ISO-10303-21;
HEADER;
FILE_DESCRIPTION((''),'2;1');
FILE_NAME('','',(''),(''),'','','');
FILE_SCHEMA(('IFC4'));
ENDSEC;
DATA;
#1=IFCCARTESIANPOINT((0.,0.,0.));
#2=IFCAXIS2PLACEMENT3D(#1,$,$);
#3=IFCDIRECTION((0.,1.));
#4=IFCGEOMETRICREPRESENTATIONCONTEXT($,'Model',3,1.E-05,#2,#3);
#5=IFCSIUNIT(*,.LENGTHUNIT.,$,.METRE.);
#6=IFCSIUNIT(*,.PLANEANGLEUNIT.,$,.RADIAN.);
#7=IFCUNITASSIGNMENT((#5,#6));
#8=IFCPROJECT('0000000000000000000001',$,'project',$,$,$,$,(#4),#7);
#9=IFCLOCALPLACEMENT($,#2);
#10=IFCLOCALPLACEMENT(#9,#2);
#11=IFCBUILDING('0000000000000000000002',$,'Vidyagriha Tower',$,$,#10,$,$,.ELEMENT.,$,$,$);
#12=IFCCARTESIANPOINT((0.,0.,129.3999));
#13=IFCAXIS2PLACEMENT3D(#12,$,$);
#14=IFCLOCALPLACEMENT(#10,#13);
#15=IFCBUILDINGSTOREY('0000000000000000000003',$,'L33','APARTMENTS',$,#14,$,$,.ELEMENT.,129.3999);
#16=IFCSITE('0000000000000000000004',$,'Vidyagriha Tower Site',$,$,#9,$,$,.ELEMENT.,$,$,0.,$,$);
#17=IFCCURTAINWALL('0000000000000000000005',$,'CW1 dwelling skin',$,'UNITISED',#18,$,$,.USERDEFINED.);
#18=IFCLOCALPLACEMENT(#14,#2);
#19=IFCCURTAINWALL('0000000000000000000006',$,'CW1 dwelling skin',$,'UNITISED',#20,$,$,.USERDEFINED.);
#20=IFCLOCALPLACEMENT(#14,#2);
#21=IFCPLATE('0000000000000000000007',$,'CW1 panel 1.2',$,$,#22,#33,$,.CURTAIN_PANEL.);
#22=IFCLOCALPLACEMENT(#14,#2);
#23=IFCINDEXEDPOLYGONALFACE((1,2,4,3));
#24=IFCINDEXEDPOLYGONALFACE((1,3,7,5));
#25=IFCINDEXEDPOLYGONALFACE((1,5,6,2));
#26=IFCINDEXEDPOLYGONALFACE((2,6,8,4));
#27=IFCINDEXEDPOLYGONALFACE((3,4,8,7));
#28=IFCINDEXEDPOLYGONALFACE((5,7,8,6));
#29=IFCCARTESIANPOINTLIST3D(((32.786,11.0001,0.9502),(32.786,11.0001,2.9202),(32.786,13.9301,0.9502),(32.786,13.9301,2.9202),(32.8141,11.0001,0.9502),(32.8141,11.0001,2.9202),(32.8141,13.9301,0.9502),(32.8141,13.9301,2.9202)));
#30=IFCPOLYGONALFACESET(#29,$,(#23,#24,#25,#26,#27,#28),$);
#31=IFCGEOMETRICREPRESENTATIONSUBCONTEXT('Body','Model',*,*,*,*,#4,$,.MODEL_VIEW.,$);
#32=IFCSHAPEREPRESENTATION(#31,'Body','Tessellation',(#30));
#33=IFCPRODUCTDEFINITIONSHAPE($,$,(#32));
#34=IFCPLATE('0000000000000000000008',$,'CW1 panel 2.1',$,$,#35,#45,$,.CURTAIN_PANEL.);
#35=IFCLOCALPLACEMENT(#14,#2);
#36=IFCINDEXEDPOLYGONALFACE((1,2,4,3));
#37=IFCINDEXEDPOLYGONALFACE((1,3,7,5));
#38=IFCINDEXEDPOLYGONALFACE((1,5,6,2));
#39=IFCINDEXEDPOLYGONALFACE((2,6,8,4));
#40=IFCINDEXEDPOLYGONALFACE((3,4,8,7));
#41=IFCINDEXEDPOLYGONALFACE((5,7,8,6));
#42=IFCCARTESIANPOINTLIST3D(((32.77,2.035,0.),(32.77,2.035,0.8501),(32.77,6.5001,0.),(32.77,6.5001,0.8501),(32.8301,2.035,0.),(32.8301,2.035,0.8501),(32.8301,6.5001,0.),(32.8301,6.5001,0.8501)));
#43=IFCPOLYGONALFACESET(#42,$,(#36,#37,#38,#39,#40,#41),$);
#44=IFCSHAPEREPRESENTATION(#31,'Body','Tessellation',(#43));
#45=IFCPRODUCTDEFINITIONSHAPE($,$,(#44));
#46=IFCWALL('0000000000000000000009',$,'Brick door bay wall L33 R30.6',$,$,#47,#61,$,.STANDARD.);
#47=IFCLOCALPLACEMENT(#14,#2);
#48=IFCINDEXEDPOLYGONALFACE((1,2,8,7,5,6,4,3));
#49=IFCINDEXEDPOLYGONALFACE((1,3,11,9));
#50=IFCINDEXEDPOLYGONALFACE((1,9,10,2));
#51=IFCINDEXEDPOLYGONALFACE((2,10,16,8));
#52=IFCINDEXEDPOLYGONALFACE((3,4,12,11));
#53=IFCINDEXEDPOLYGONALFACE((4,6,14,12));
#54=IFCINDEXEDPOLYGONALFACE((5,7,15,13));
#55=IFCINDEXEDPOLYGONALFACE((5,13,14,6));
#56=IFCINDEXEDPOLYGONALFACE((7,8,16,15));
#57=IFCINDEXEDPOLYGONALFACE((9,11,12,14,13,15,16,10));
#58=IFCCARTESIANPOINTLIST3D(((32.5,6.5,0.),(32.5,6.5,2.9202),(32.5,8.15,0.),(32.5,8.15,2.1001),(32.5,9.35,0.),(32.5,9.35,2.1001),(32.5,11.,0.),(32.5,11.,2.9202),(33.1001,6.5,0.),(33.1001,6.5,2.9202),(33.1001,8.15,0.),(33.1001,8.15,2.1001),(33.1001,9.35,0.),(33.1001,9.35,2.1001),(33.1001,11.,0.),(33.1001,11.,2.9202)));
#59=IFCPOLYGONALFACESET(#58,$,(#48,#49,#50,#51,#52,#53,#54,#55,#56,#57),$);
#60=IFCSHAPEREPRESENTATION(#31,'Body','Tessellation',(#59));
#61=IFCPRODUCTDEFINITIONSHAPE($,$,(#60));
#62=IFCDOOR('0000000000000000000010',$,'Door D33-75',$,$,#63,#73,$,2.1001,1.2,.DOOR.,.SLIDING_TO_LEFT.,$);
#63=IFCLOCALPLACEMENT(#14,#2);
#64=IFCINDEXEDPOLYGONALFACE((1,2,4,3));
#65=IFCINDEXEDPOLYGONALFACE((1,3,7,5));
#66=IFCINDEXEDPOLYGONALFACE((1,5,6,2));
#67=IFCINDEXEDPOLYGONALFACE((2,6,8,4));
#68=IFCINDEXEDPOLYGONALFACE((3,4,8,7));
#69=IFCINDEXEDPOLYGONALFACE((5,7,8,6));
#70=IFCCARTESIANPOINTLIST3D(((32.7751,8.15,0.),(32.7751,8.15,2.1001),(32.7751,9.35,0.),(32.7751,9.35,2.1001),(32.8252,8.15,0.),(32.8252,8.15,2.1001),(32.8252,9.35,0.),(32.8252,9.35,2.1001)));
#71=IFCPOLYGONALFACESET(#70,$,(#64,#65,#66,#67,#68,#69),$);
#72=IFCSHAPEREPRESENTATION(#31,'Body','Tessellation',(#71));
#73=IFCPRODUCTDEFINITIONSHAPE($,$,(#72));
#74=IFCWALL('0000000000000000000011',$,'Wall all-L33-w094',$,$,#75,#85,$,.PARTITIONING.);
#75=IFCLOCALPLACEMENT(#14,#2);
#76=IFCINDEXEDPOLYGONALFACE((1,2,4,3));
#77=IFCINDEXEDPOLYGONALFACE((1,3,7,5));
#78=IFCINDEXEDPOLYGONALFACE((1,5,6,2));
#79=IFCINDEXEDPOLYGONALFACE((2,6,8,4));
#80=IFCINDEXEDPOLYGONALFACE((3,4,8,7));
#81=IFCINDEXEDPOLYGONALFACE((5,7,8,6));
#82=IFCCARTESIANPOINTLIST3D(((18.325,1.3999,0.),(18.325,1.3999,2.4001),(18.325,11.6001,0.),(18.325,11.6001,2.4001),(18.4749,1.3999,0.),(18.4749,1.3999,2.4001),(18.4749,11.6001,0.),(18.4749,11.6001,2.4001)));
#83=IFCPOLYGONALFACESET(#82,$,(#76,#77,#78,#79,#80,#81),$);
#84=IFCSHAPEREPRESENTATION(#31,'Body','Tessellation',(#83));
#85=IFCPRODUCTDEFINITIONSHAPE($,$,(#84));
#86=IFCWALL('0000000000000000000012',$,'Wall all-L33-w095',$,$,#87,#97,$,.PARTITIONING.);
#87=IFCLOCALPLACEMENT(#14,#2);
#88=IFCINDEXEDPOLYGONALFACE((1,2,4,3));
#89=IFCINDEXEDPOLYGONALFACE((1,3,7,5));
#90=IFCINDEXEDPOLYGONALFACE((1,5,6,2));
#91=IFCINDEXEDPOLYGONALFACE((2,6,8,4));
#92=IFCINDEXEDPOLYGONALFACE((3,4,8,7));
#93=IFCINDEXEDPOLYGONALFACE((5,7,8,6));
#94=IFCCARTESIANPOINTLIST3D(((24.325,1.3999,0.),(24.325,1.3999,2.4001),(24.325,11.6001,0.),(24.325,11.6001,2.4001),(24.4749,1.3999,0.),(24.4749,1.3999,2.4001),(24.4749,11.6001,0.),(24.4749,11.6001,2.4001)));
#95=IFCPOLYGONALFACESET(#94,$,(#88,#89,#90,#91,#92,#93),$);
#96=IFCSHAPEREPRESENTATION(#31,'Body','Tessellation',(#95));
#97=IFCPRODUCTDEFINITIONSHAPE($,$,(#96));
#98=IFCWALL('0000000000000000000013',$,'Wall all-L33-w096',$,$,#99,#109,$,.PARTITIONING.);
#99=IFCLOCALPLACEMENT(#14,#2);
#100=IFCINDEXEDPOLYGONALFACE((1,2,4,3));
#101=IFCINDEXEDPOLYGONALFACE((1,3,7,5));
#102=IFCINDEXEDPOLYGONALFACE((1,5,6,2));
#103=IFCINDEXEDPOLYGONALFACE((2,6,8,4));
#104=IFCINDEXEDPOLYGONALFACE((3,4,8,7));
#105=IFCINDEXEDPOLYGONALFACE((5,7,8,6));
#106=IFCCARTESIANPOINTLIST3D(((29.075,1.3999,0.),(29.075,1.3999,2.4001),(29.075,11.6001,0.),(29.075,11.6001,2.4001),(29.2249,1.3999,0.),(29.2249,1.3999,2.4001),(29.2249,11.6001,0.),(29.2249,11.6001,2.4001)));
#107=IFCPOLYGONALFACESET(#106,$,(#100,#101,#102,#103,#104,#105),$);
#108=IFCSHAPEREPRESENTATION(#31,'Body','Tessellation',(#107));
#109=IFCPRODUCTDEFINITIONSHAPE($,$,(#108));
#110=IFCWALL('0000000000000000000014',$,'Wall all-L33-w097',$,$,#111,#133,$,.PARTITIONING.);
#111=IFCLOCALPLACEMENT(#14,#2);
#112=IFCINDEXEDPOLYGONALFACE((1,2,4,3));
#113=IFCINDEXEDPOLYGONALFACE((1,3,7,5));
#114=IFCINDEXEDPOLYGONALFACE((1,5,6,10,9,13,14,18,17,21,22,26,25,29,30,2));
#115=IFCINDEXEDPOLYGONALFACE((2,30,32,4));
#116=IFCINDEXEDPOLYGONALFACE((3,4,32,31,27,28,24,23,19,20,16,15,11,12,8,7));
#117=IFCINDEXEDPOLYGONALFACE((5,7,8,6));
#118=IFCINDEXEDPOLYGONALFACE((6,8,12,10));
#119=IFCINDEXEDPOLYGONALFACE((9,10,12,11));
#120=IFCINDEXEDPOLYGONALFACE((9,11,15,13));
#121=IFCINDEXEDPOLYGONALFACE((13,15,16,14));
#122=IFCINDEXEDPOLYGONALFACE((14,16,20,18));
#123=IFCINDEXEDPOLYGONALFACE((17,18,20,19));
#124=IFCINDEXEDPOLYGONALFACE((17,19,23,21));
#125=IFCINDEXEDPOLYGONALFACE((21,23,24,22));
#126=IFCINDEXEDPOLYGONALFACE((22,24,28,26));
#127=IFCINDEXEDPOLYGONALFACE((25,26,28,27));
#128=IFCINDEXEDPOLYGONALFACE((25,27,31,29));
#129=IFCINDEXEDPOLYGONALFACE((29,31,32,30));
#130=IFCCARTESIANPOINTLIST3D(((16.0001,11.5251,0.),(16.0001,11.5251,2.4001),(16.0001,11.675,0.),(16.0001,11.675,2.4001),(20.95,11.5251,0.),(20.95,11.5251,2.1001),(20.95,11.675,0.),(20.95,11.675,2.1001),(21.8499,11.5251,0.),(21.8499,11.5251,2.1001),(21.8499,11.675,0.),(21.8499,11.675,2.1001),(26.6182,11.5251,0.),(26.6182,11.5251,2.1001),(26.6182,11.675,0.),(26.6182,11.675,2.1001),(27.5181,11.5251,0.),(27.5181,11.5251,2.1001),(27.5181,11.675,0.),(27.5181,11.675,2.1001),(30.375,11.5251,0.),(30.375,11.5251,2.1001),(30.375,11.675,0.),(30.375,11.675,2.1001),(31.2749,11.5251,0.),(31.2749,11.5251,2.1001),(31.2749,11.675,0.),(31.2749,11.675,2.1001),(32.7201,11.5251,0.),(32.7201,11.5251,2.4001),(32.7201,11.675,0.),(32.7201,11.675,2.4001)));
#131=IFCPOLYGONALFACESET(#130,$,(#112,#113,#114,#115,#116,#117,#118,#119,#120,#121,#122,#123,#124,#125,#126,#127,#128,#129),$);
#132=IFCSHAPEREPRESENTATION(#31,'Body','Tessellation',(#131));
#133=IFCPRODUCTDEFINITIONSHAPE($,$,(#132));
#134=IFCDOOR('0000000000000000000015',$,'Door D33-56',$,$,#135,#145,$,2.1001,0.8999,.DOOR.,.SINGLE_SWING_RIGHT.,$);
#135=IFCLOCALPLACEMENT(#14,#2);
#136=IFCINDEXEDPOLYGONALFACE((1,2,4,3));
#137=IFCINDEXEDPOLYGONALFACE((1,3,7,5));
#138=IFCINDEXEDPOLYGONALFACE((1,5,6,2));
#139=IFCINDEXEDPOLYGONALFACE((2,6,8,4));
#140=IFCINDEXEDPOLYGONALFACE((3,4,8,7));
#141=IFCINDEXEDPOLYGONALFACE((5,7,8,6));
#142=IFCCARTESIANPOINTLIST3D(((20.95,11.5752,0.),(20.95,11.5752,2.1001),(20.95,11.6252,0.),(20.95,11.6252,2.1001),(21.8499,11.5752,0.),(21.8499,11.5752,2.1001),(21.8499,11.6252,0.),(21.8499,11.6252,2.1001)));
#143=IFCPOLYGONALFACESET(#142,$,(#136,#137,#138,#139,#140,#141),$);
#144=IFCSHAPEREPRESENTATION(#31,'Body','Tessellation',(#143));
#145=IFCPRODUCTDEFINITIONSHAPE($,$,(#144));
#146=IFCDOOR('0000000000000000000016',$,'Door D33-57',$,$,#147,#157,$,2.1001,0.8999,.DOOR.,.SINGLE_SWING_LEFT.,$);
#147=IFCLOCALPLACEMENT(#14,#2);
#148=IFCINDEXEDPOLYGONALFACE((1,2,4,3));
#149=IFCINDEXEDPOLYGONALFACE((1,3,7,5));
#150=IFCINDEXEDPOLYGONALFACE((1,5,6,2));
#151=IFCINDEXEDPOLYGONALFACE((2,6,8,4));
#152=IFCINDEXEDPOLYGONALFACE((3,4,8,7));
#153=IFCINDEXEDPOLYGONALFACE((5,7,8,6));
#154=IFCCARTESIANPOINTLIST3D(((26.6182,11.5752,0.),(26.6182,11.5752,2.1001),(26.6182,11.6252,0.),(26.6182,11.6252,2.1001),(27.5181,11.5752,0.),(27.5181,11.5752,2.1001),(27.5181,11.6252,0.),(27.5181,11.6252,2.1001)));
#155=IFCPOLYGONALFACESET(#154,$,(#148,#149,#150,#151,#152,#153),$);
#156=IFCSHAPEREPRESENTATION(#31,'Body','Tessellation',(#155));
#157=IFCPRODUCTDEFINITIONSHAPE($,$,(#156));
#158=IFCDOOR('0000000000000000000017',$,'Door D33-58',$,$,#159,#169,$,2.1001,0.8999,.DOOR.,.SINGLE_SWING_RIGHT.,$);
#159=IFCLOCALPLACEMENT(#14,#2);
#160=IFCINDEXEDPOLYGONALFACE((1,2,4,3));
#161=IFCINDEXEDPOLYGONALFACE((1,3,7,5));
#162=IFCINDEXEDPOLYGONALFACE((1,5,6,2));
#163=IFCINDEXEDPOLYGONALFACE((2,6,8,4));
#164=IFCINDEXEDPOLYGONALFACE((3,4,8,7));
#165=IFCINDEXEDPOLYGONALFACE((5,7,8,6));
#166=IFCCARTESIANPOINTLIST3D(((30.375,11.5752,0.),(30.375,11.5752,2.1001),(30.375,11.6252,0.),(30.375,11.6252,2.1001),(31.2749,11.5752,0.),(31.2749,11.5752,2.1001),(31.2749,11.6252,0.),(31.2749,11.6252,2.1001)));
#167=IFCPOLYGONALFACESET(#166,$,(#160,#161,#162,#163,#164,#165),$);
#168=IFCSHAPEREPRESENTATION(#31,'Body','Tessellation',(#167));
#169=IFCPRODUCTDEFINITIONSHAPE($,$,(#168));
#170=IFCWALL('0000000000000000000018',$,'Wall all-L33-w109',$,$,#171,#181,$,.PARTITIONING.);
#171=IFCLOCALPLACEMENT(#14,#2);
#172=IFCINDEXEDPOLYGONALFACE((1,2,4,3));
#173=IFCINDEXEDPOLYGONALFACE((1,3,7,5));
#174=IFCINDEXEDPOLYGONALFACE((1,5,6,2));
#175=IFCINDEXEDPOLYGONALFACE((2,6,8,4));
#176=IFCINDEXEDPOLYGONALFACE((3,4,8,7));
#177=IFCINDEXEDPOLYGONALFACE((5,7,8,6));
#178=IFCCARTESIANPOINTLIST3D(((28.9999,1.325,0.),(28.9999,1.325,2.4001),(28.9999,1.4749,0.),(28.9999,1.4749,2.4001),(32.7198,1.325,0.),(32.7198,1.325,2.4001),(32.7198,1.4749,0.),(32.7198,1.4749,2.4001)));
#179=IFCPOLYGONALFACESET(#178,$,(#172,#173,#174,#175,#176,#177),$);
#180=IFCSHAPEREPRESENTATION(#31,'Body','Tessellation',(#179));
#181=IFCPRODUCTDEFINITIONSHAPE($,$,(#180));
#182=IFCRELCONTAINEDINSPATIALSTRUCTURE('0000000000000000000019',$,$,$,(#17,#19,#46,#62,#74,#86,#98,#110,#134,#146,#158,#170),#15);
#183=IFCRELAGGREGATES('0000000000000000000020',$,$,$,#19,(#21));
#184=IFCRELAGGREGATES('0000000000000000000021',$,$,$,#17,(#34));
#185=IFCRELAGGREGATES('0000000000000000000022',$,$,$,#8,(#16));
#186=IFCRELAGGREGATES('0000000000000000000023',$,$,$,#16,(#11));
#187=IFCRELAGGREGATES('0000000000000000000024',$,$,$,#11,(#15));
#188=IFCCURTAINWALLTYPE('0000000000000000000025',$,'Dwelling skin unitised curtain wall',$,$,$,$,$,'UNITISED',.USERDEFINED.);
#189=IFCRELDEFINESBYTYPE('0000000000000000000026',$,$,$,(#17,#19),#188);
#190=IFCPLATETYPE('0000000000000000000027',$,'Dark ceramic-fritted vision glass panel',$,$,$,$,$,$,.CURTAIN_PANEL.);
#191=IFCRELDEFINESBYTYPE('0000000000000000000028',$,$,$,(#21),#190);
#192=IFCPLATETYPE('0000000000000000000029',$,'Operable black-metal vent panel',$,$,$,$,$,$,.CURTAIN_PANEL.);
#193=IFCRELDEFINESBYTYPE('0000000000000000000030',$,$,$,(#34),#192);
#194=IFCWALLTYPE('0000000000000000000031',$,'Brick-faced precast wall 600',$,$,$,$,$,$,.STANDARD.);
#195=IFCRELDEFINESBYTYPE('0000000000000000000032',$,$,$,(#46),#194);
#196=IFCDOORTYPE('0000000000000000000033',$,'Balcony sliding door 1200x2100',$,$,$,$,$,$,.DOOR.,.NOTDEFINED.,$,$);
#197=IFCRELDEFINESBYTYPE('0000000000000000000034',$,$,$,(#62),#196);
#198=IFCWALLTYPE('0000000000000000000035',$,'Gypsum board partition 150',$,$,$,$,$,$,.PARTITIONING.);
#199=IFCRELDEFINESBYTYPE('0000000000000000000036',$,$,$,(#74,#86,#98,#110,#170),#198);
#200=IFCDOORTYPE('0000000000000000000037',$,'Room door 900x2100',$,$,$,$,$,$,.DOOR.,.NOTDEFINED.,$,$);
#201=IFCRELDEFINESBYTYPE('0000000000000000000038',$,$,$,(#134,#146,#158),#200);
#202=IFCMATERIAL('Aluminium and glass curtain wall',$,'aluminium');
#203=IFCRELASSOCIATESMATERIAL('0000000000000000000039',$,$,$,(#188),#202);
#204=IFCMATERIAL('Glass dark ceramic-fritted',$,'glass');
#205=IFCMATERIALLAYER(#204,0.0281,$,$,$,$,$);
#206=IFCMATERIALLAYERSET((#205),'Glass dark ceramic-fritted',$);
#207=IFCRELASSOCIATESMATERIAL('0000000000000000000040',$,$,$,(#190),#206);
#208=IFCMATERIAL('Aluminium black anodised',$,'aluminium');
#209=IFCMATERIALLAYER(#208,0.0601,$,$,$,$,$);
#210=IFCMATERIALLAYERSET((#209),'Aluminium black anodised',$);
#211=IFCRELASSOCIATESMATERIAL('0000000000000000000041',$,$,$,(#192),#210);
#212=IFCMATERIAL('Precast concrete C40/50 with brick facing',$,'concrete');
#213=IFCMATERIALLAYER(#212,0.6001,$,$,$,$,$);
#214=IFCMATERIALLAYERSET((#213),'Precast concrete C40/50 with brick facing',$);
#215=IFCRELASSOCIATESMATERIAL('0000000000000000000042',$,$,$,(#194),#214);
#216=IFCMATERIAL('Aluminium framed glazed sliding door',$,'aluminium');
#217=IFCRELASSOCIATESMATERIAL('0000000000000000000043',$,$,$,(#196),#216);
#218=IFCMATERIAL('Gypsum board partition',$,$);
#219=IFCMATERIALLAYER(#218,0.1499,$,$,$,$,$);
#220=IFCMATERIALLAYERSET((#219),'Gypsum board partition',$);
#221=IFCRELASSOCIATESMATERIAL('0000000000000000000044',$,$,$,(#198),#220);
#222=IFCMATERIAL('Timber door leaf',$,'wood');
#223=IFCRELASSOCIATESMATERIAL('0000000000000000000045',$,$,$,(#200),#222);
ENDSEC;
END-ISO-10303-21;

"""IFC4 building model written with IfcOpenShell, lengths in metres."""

from ifc_helpers import new_model, si_unit, direction, frame, frame_2d, origin, origin_2d, place, context, subcontext, project, spatial, rectangle, extrude, material, layer, layer_set, type_object, element, fill, aggregate, save


model = new_model("IFC4")

# Units and contexts
model_context = context("Model", 3, precision=1e-05, world=origin(), true_north=direction((0.0, 1.0)))
body_context = subcontext(model_context, "Body", "Model", "MODEL_VIEW")
ifc_project = project(units=[si_unit("LENGTHUNIT", "METRE"), si_unit("PLANEANGLEUNIT", "RADIAN")], contexts=[model_context])

# Site, building, storey
site_placement = place(None, origin())
site = spatial("IfcSite", under=ifc_project, at=site_placement, Name="Vidyagriha Tower Site", CompositionType="ELEMENT", RefElevation=0.0)
building_placement = place(site_placement, origin())
building = spatial("IfcBuilding", under=site, at=building_placement, Name="Vidyagriha Tower", CompositionType="ELEMENT")
storey_placement = place(building_placement, frame((0.0, 0.0, 129.3999)))
storey = spatial("IfcBuildingStorey", under=building, at=storey_placement, Name="L33", Description="APARTMENTS", CompositionType="ELEMENT", Elevation=129.3999)

# Curtain walls
ifc_material_1 = material(Name="Aluminium and glass curtain wall", Category="aluminium")
curtain_wall_type = type_object("IfcCurtainWallType", Name="Dwelling skin unitised curtain wall", ElementType="UNITISED", PredefinedType="USERDEFINED", material=ifc_material_1)
curtain_wall_1_placement = place(storey_placement, origin())
curtain_wall_1 = element("IfcCurtainWall", 1, at=curtain_wall_1_placement, inside=storey, type_object=curtain_wall_type, Name="CW1 dwelling skin", ObjectType="UNITISED", PredefinedType="USERDEFINED")
curtain_wall_2_placement = place(storey_placement, origin())
curtain_wall_2 = element("IfcCurtainWall", 2, at=curtain_wall_2_placement, inside=storey, type_object=curtain_wall_type, Name="CW1 dwelling skin", ObjectType="UNITISED", PredefinedType="USERDEFINED")

# Plates
ifc_material_2 = material(Name="Glass dark ceramic-fritted", Category="glass")
ifc_layer_1 = layer(ifc_material_2, 0.0281)
ifc_layer_set_1 = layer_set([ifc_layer_1], Name="Glass dark ceramic-fritted")
plate_type_1 = type_object("IfcPlateType", Name="Dark ceramic-fritted vision glass panel", PredefinedType="CURTAIN_PANEL", material=ifc_layer_set_1)
plate_1_placement = place(storey_placement, frame((32.8, 12.4651, 0.9502), z_axis=(0.0, 0.0, 1.0), x_axis=(0.0, 1.0, 0.0)))
plate_1 = element("IfcPlate", 3, at=plate_1_placement, type_object=plate_type_1, Name="CW1 panel 1.2", PredefinedType="CURTAIN_PANEL", context=body_context, shape_type="SweptSolid", body=[
    extrude(rectangle(XDim=2.9299, YDim=0.0281, at=origin_2d()), origin(), (0.0, 0.0, 1.0), 1.97),
])
aggregate(curtain_wall_2, [plate_1])
ifc_material_3 = material(Name="Aluminium black anodised", Category="aluminium")
ifc_layer_2 = layer(ifc_material_3, 0.0601)
ifc_layer_set_2 = layer_set([ifc_layer_2], Name="Aluminium black anodised")
plate_type_2 = type_object("IfcPlateType", Name="Operable black-metal vent panel", PredefinedType="CURTAIN_PANEL", material=ifc_layer_set_2)
plate_2_placement = place(storey_placement, frame((32.8, 4.2676, 0.0), z_axis=(0.0, 0.0, 1.0), x_axis=(0.0, 1.0, 0.0)))
plate_2 = element("IfcPlate", 4, at=plate_2_placement, type_object=plate_type_2, Name="CW1 panel 2.1", PredefinedType="CURTAIN_PANEL", context=body_context, shape_type="SweptSolid", body=[
    extrude(rectangle(XDim=4.4651, YDim=0.0601, at=origin_2d()), origin(), (0.0, 0.0, 1.0), 0.8501),
])
aggregate(curtain_wall_1, [plate_2])

# Wall, opening, door
ifc_material_4 = material(Name="Precast concrete C40/50 with brick facing", Category="concrete")
ifc_layer_3 = layer(ifc_material_4, 0.6001)
ifc_layer_set_3 = layer_set([ifc_layer_3], Name="Precast concrete C40/50 with brick facing")
wall_type_1 = type_object("IfcWallType", Name="Brick-faced precast wall 600", PredefinedType="STANDARD", material=ifc_layer_set_3)
wall_1_placement = place(storey_placement, frame((32.8, 6.5, 0.0), z_axis=(0.0, 0.0, 1.0), x_axis=(0.0, 1.0, 0.0)))
wall_1 = element("IfcWall", 5, at=wall_1_placement, inside=storey, type_object=wall_type_1, Name="Brick door bay wall L33 R30.6", PredefinedType="STANDARD", context=body_context, shape_type="SweptSolid", body=[
    extrude(rectangle(XDim=4.5, YDim=0.6001, at=frame_2d((2.25, 0.0))), origin(), (0.0, 0.0, 1.0), 2.9202),
])
opening_1_placement = place(wall_1_placement, frame((1.6499, 0.0, 0.0)))
opening_1 = element("IfcOpeningElement", 6, at=opening_1_placement, cuts=wall_1, PredefinedType="OPENING", context=body_context, shape_type="SweptSolid", body=[
    extrude(rectangle(XDim=1.2, YDim=2.1001, at=frame_2d((0.6001, 1.05))), frame((0.0, 0.3101, 0.0), z_axis=(0.0, -1.0, 0.0), x_axis=(1.0, 0.0, 0.0)), (0.0, 0.0, 1.0), 0.6201),
])
ifc_material_5 = material(Name="Aluminium framed glazed sliding door", Category="aluminium")
door_type_1 = type_object("IfcDoorType", Name="Balcony sliding door 1200x2100", OperationType="NOTDEFINED", PredefinedType="DOOR", material=ifc_material_5)
door_1_placement = place(opening_1_placement, origin())
door_1 = element("IfcDoor", 7, at=door_1_placement, inside=storey, type_object=door_type_1, Name="Door D33-75", OperationType="SLIDING_TO_LEFT", OverallHeight=2.1001, OverallWidth=1.2, PredefinedType="DOOR", context=body_context, shape_type="SweptSolid", body=[
    extrude(rectangle(XDim=1.2, YDim=2.1001, at=frame_2d((0.6001, 1.05))), frame((0.0, 0.0249, 0.0), z_axis=(0.0, -1.0, 0.0), x_axis=(1.0, 0.0, 0.0)), (0.0, 0.0, 1.0), 0.05),
])
fill(opening_1, door_1)

# Walls
ifc_material_6 = material(Name="Gypsum board partition")
ifc_layer_4 = layer(ifc_material_6, 0.1499)
ifc_layer_set_4 = layer_set([ifc_layer_4], Name="Gypsum board partition")
wall_type_2 = type_object("IfcWallType", Name="Gypsum board partition 150", PredefinedType="PARTITIONING", material=ifc_layer_set_4)
for number, where, z_axis, x_axis, name in (
    (8, (18.3999, 11.6001, 0.0), (0.0, 0.0, 1.0), (0.0, -1.0, 0.0), "Wall all-L33-w094"),
    (9, (24.3999, 11.6001, 0.0), (0.0, 0.0, 1.0), (0.0, -1.0, 0.0), "Wall all-L33-w095"),
    (10, (29.1499, 11.6001, 0.0), (0.0, 0.0, 1.0), (0.0, -1.0, 0.0), "Wall all-L33-w096"),
):
    element("IfcWall", number, at=place(storey_placement, frame(where, z_axis=z_axis, x_axis=x_axis)), inside=storey, type_object=wall_type_2, Name=name, PredefinedType="PARTITIONING", context=body_context, shape_type="SweptSolid", body=[
        extrude(rectangle(XDim=10.2002, YDim=0.1499, at=frame_2d((5.1001, 0.0))), origin(), (0.0, 0.0, 1.0), 2.4001),
    ])

# Wall, openings, doors
wall_2_placement = place(storey_placement, frame((32.72, 11.6001, 0.0), z_axis=(0.0, 0.0, 1.0), x_axis=(-1.0, 0.0, 0.0)))
wall_2 = element("IfcWall", 11, at=wall_2_placement, inside=storey, type_object=wall_type_2, Name="Wall all-L33-w097", PredefinedType="PARTITIONING", context=body_context, shape_type="SweptSolid", body=[
    extrude(rectangle(XDim=16.72, YDim=0.1499, at=frame_2d((8.3599, 0.0))), origin(), (0.0, 0.0, 1.0), 2.4001),
])
opening_2_placement = place(wall_2_placement, frame((10.8701, 0.0, 0.0)))
opening_2 = element("IfcOpeningElement", 12, at=opening_2_placement, cuts=wall_2, PredefinedType="OPENING", context=body_context, shape_type="SweptSolid", body=[
    extrude(rectangle(XDim=0.8999, YDim=2.1001, at=frame_2d((0.45, 1.05))), frame((0.0, 0.085, 0.0), z_axis=(0.0, -1.0, 0.0), x_axis=(1.0, 0.0, 0.0)), (0.0, 0.0, 1.0), 0.1699),
])
opening_3_placement = place(wall_2_placement, frame((5.2019, 0.0, 0.0)))
opening_3 = element("IfcOpeningElement", 13, at=opening_3_placement, cuts=wall_2, PredefinedType="OPENING", context=body_context, shape_type="SweptSolid", body=[
    extrude(rectangle(XDim=0.8999, YDim=2.1001, at=frame_2d((0.45, 1.05))), frame((0.0, 0.085, 0.0), z_axis=(0.0, -1.0, 0.0), x_axis=(1.0, 0.0, 0.0)), (0.0, 0.0, 1.0), 0.1699),
])
opening_4_placement = place(wall_2_placement, frame((1.4451, 0.0, 0.0)))
opening_4 = element("IfcOpeningElement", 14, at=opening_4_placement, cuts=wall_2, PredefinedType="OPENING", context=body_context, shape_type="SweptSolid", body=[
    extrude(rectangle(XDim=0.8999, YDim=2.1001, at=frame_2d((0.45, 1.05))), frame((0.0, 0.085, 0.0), z_axis=(0.0, -1.0, 0.0), x_axis=(1.0, 0.0, 0.0)), (0.0, 0.0, 1.0), 0.1699),
])
ifc_material_7 = material(Name="Timber door leaf", Category="wood")
door_type_2 = type_object("IfcDoorType", Name="Room door 900x2100", OperationType="NOTDEFINED", PredefinedType="DOOR", material=ifc_material_7)
door_2_placement = place(opening_2_placement, origin())
door_2 = element("IfcDoor", 15, at=door_2_placement, inside=storey, type_object=door_type_2, Name="Door D33-56", OperationType="SINGLE_SWING_RIGHT", OverallHeight=2.1001, OverallWidth=0.8999, PredefinedType="DOOR", context=body_context, shape_type="SweptSolid", body=[
    extrude(rectangle(XDim=0.8999, YDim=2.1001, at=frame_2d((0.45, 1.05))), frame((0.0, 0.0249, 0.0), z_axis=(0.0, -1.0, 0.0), x_axis=(1.0, 0.0, 0.0)), (0.0, 0.0, 1.0), 0.05),
])
fill(opening_2, door_2)
door_3_placement = place(opening_3_placement, origin())
door_3 = element("IfcDoor", 16, at=door_3_placement, inside=storey, type_object=door_type_2, Name="Door D33-57", OperationType="SINGLE_SWING_LEFT", OverallHeight=2.1001, OverallWidth=0.8999, PredefinedType="DOOR", context=body_context, shape_type="SweptSolid", body=[
    extrude(rectangle(XDim=0.8999, YDim=2.1001, at=frame_2d((0.45, 1.05))), frame((0.0, 0.0249, 0.0), z_axis=(0.0, -1.0, 0.0), x_axis=(1.0, 0.0, 0.0)), (0.0, 0.0, 1.0), 0.05),
])
fill(opening_3, door_3)
door_4_placement = place(opening_4_placement, origin())
door_4 = element("IfcDoor", 17, at=door_4_placement, inside=storey, type_object=door_type_2, Name="Door D33-58", OperationType="SINGLE_SWING_RIGHT", OverallHeight=2.1001, OverallWidth=0.8999, PredefinedType="DOOR", context=body_context, shape_type="SweptSolid", body=[
    extrude(rectangle(XDim=0.8999, YDim=2.1001, at=frame_2d((0.45, 1.05))), frame((0.0, 0.0249, 0.0), z_axis=(0.0, -1.0, 0.0), x_axis=(1.0, 0.0, 0.0)), (0.0, 0.0, 1.0), 0.05),
])
fill(opening_4, door_4)

# Wall
wall_3_placement = place(storey_placement, frame((29.0, 1.3999, 0.0)))
element("IfcWall", 18, at=wall_3_placement, inside=storey, type_object=wall_type_2, Name="Wall all-L33-w109", PredefinedType="PARTITIONING", context=body_context, shape_type="SweptSolid", body=[
    extrude(rectangle(XDim=3.72, YDim=0.1499, at=frame_2d((1.8599, 0.0))), origin(), (0.0, 0.0, 1.0), 2.4001),
])

save(model, "model.ifc")
